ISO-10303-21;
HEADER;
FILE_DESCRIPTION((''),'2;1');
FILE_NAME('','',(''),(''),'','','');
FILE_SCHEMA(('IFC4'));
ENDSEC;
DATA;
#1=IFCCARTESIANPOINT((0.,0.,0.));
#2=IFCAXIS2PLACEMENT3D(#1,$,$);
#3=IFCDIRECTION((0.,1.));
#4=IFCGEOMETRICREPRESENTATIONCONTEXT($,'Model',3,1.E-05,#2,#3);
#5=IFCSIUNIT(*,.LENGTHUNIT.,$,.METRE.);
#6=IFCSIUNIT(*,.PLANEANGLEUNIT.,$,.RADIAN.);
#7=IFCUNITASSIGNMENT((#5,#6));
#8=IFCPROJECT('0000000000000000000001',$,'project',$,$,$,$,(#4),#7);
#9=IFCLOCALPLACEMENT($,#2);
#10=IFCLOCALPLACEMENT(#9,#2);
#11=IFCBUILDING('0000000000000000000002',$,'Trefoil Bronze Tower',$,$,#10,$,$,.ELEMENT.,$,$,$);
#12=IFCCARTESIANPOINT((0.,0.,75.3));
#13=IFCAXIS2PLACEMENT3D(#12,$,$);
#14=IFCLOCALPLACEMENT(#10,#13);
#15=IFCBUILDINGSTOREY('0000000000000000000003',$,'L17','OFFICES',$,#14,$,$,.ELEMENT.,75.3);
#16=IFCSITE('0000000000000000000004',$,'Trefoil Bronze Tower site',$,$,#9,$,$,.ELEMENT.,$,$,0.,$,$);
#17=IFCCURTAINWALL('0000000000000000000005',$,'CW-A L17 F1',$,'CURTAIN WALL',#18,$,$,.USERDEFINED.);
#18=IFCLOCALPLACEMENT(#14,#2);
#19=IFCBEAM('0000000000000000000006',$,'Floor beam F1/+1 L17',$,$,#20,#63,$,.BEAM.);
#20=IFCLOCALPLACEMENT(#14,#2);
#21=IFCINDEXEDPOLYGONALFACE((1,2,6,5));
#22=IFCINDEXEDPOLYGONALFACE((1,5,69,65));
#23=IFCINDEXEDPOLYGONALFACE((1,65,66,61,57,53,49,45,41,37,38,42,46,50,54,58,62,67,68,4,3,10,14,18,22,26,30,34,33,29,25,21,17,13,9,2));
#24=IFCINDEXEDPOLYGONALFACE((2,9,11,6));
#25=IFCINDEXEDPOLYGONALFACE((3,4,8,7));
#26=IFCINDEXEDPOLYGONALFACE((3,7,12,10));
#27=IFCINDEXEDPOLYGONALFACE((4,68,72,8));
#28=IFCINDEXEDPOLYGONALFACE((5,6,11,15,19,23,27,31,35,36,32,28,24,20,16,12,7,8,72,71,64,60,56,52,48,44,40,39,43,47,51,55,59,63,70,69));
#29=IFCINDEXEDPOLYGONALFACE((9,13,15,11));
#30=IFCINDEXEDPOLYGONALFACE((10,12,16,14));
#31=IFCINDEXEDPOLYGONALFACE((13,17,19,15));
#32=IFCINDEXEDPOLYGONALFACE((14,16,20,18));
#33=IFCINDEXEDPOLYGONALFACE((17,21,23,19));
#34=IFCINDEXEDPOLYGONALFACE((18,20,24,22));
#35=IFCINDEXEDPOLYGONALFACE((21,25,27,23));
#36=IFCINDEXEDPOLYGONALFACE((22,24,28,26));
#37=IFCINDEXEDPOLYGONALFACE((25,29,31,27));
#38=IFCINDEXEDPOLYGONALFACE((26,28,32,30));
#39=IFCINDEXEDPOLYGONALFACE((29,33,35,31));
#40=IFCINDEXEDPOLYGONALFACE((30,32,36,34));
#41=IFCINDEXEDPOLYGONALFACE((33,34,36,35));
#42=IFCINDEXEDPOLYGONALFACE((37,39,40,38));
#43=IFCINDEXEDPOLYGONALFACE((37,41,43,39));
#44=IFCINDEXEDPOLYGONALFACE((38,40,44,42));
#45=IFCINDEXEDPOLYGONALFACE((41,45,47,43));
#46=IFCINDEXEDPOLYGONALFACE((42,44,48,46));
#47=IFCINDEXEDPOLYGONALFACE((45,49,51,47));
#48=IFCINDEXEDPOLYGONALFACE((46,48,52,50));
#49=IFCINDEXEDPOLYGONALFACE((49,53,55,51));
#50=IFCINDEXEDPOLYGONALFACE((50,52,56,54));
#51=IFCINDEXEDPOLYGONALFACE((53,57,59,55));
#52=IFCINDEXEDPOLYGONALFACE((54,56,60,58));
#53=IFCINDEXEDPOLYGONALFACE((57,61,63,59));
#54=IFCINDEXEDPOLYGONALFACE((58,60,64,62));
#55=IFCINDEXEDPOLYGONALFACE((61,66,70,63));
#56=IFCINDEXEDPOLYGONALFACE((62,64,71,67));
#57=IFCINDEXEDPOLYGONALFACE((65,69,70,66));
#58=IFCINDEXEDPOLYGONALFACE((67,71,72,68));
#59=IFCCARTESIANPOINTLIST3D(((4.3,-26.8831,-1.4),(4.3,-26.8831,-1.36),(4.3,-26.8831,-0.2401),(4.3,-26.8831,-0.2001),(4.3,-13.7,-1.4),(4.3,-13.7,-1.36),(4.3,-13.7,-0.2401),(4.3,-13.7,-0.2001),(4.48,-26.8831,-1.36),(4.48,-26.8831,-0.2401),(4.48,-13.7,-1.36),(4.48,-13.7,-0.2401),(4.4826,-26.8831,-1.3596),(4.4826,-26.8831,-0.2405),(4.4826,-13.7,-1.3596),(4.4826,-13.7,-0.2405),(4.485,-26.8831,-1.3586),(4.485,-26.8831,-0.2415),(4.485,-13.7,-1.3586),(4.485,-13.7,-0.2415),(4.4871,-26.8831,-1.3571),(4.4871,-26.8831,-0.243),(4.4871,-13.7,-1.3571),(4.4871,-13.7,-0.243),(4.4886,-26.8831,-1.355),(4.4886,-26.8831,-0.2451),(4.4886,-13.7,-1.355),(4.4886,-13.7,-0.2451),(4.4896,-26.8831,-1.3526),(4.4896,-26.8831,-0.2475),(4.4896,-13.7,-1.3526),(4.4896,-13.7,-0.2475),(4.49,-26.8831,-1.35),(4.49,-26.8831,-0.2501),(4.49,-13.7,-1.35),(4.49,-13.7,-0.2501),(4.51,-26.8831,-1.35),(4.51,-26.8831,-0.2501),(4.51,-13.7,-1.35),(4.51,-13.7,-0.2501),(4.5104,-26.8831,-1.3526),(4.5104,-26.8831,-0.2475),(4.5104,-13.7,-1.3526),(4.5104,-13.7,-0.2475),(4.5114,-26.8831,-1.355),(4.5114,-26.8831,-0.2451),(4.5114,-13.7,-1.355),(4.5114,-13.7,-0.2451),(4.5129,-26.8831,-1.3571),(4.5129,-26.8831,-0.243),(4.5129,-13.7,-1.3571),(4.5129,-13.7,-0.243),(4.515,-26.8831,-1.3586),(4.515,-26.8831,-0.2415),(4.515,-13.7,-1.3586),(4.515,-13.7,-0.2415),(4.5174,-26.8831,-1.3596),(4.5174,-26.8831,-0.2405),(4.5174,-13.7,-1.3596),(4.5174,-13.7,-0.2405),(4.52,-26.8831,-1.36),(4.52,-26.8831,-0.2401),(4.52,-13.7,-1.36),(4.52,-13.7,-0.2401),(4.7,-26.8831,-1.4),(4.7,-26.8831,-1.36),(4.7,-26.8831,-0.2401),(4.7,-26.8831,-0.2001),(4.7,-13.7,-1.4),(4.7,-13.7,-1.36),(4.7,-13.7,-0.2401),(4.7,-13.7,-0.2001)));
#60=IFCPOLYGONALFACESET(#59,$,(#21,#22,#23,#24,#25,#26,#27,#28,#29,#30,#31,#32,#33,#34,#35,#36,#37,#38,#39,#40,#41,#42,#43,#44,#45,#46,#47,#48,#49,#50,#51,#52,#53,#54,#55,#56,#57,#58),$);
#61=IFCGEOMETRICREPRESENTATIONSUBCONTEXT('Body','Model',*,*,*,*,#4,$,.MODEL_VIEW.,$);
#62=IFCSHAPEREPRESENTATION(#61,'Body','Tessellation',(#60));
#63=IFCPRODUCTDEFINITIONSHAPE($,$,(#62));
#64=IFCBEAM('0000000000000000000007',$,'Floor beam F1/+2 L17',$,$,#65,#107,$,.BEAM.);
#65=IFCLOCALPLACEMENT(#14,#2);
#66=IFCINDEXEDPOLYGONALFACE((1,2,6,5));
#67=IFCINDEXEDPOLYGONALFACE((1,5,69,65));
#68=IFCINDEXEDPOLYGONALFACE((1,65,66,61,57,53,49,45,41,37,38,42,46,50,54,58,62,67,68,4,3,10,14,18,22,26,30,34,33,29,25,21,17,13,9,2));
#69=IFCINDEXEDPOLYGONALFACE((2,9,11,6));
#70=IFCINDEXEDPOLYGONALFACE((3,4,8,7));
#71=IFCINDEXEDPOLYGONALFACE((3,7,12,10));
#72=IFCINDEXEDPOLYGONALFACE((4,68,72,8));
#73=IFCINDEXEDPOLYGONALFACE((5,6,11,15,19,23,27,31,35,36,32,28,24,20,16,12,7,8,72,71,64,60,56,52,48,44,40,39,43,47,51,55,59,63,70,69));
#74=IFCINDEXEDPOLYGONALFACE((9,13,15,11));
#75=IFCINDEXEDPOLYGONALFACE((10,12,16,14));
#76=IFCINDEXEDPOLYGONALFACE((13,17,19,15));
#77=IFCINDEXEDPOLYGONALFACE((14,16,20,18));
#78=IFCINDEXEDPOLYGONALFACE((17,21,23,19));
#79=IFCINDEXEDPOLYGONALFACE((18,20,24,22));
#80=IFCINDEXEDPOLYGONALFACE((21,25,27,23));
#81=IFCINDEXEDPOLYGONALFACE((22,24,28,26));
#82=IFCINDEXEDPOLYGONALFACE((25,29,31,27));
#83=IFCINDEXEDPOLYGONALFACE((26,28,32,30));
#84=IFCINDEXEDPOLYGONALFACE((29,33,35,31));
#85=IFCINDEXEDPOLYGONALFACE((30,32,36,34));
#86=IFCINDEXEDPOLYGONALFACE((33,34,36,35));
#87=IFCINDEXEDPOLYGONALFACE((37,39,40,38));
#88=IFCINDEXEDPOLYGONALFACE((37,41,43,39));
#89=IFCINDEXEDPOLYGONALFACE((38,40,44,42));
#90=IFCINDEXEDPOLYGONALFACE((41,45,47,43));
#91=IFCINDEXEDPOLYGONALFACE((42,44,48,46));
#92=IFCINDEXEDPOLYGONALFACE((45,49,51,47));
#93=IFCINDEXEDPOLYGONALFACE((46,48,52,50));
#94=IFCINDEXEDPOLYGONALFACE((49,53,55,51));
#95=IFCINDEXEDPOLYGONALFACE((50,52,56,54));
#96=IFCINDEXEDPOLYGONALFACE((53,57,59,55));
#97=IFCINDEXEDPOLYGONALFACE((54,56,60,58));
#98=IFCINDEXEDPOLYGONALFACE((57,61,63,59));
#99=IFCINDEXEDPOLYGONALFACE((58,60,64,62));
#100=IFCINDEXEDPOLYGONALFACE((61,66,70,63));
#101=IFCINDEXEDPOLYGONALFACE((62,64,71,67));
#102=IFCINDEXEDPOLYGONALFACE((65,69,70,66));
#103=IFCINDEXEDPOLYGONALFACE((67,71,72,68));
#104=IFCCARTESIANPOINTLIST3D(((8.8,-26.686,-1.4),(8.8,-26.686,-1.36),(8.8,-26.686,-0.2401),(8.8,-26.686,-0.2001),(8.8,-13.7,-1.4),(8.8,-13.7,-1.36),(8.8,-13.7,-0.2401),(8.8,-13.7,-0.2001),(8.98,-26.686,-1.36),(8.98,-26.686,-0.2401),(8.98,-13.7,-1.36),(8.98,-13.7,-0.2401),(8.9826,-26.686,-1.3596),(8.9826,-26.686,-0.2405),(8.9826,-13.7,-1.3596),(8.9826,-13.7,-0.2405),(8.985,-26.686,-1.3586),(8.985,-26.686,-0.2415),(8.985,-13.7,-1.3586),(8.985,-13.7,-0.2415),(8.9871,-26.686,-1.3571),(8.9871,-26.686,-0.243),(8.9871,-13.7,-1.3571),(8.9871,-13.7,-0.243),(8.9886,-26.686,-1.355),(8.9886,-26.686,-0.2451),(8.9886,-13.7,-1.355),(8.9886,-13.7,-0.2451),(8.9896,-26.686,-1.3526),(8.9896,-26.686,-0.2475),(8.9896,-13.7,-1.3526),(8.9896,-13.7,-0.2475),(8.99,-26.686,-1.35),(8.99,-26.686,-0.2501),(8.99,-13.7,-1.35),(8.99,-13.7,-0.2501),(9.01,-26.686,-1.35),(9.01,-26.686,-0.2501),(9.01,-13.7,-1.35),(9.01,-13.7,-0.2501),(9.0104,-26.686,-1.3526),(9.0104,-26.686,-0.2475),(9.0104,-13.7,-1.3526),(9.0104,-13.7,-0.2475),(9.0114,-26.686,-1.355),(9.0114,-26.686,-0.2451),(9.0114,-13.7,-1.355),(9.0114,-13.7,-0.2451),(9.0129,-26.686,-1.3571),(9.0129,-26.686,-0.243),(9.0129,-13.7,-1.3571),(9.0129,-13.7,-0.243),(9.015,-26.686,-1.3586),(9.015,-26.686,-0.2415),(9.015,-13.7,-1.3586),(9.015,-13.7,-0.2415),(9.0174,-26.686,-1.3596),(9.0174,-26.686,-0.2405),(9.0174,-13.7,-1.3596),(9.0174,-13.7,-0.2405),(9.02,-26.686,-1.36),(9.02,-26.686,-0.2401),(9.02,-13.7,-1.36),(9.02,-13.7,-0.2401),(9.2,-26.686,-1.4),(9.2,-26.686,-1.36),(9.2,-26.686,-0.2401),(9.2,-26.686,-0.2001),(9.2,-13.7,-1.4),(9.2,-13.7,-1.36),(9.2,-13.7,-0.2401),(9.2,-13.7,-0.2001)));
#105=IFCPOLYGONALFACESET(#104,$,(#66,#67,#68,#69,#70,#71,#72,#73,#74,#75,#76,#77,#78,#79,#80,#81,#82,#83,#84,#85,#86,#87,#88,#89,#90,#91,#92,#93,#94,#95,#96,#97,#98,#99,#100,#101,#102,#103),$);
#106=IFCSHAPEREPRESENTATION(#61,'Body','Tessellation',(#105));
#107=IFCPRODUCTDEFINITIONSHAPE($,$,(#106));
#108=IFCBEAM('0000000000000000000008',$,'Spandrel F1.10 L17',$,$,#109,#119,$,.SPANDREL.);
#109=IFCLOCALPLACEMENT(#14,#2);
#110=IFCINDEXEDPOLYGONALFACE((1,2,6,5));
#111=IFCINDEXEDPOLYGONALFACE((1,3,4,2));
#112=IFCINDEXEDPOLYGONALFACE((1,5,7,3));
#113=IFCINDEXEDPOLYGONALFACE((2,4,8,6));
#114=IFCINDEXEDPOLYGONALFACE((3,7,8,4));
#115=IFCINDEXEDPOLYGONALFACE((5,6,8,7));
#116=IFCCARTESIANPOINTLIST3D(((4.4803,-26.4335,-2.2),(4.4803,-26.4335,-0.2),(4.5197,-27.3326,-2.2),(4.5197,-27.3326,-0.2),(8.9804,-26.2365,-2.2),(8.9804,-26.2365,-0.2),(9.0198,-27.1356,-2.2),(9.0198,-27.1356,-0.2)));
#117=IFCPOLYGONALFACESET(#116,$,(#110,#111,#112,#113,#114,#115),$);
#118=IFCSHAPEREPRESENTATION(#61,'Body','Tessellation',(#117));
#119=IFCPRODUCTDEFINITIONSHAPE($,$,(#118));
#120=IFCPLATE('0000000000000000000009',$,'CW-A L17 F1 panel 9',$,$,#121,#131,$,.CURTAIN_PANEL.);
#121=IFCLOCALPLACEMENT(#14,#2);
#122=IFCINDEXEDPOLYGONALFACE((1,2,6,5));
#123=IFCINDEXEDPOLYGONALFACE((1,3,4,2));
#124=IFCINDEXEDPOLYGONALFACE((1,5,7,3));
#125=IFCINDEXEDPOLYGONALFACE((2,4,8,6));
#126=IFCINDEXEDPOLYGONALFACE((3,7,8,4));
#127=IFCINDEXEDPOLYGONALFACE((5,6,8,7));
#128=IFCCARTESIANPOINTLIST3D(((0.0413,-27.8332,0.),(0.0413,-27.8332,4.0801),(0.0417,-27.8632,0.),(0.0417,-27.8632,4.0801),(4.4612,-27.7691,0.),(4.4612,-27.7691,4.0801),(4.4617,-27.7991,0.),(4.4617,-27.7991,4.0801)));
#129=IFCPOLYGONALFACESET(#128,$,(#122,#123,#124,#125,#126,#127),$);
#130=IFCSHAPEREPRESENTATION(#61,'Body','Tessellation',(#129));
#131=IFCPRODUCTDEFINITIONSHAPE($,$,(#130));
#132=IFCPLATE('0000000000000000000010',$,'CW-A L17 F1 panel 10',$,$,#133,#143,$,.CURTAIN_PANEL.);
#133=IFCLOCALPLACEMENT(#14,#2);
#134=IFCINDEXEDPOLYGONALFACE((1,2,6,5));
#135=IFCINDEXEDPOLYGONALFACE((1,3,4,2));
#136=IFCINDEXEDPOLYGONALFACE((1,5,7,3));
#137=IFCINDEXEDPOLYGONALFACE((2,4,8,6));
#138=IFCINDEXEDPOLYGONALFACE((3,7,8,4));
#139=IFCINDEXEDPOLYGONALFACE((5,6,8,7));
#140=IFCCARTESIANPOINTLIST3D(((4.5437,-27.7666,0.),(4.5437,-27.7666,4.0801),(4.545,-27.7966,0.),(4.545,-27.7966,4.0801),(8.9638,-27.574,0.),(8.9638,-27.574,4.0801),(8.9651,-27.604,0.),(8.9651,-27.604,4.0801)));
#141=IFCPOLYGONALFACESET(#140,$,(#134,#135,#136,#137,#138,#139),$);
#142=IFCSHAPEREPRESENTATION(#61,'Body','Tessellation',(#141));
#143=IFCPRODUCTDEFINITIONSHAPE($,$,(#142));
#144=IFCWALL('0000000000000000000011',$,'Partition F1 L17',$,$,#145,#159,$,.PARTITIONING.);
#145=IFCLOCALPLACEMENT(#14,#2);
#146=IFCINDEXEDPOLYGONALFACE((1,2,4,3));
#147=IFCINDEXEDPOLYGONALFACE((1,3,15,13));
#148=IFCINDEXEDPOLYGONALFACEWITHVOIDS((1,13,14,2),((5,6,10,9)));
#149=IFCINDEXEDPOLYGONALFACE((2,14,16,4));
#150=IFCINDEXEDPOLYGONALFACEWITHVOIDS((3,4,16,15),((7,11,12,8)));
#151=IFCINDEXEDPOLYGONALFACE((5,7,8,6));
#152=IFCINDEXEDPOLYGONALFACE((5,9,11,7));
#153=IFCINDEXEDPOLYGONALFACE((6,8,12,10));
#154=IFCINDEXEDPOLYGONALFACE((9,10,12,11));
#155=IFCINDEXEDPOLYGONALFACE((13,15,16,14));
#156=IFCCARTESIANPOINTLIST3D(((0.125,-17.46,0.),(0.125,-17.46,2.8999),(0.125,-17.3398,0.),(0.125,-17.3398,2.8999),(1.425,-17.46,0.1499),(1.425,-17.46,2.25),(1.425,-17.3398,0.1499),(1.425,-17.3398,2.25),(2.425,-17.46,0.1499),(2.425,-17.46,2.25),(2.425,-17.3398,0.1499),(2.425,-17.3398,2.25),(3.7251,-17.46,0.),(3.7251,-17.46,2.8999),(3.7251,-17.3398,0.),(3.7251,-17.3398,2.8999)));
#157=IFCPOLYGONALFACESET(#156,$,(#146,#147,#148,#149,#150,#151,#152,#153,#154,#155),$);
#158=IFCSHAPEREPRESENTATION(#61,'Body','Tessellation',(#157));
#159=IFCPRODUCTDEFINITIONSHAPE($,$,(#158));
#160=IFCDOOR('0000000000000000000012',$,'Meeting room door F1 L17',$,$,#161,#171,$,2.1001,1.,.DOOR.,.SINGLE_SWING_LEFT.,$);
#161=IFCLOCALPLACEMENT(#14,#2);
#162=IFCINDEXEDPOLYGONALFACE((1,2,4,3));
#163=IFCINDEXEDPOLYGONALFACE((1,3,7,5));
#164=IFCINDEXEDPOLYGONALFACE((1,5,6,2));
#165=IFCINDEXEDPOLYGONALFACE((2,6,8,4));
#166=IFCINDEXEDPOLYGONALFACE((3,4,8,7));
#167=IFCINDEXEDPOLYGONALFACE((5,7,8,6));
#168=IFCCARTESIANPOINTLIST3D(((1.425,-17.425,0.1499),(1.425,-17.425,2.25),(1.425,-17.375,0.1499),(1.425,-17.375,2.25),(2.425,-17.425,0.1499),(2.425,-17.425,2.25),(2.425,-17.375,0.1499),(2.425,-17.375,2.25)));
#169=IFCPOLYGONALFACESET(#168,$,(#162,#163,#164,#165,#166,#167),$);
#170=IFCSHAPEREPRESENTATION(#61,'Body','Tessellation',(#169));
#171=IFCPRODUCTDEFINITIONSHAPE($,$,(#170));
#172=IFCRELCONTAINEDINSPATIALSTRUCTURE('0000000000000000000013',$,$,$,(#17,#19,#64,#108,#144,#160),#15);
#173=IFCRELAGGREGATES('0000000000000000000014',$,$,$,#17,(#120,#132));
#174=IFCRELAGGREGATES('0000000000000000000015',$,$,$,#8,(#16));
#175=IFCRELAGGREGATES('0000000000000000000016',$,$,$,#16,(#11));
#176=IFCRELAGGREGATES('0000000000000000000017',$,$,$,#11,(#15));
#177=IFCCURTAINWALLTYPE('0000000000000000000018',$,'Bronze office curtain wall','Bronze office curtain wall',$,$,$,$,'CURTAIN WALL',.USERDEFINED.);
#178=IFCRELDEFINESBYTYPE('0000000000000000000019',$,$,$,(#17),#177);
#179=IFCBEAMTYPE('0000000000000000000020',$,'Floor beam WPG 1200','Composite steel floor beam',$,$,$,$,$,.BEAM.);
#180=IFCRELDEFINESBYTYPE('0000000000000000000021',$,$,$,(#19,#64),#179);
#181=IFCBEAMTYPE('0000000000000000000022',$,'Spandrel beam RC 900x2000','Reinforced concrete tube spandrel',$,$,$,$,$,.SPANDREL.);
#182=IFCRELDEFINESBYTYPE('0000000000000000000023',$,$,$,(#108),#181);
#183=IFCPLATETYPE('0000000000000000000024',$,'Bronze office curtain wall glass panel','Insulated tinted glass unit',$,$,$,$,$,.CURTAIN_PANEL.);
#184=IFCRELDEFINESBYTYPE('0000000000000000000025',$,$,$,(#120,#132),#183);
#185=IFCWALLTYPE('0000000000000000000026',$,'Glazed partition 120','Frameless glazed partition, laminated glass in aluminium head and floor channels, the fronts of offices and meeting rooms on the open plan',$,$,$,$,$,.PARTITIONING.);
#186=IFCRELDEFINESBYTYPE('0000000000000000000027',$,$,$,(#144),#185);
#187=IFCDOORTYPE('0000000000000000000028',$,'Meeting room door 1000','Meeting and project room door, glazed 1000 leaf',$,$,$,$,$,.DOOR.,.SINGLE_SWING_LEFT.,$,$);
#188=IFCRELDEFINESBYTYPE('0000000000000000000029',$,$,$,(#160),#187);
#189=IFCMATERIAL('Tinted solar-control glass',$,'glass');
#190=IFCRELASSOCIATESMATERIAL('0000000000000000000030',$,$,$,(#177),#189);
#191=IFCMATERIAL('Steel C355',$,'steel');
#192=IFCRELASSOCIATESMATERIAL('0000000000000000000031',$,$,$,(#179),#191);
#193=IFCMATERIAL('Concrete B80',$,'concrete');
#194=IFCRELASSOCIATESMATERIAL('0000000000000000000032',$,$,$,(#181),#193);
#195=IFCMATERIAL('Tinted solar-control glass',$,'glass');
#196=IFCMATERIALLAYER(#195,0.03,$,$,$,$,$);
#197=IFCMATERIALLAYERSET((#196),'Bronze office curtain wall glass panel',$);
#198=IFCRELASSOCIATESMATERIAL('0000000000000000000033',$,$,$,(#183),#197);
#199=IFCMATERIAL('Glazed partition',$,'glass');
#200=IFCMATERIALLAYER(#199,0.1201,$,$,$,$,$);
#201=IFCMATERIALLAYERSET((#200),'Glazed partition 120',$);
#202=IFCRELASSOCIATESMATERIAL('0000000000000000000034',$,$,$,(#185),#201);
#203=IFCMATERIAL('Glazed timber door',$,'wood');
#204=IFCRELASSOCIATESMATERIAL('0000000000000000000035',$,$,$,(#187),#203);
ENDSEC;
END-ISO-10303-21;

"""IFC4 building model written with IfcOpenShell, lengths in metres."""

from ifc_helpers import new_model, si_unit, direction, frame, frame_2d, origin, origin_2d, place, context, subcontext, project, spatial, rectangle, i_section, extrude, material, layer, layer_set, material_profile, profile_set, type_object, element, fill, aggregate, save


model = new_model("IFC4")

# Units and contexts
model_context = context("Model", 3, precision=1e-05, world=origin(), true_north=direction((0.0, 1.0)))
body_context = subcontext(model_context, "Body", "Model", "MODEL_VIEW")
ifc_project = project(units=[si_unit("LENGTHUNIT", "METRE"), si_unit("PLANEANGLEUNIT", "RADIAN")], contexts=[model_context])

# Site, building, storey
site_placement = place(None, origin())
site = spatial("IfcSite", under=ifc_project, at=site_placement, Name="Trefoil Bronze Tower site", CompositionType="ELEMENT", RefElevation=0.0)
building_placement = place(site_placement, origin())
building = spatial("IfcBuilding", under=site, at=building_placement, Name="Trefoil Bronze Tower", CompositionType="ELEMENT")
storey_placement = place(building_placement, frame((0.0, 0.0, 75.3)))
storey = spatial("IfcBuildingStorey", under=building, at=storey_placement, Name="L17", Description="OFFICES", CompositionType="ELEMENT", Elevation=75.3)

# Curtain wall
ifc_material_1 = material(Name="Tinted solar-control glass", Category="glass")
curtain_wall_type = type_object("IfcCurtainWallType", Name="Bronze office curtain wall", Description="Bronze office curtain wall", ElementType="CURTAIN WALL", PredefinedType="USERDEFINED", material=ifc_material_1)
curtain_wall_placement = place(storey_placement, origin())
curtain_wall = element("IfcCurtainWall", 1, at=curtain_wall_placement, inside=storey, type_object=curtain_wall_type, Name="CW-A L17 F1", ObjectType="CURTAIN WALL", PredefinedType="USERDEFINED")

# Beams
ifc_material_2 = material(Name="Steel C355", Category="steel")
ifc_material_profile_1 = material_profile(ifc_material_2, i_section(OverallWidth=0.3999, OverallDepth=1.2, WebThickness=0.02, FlangeThickness=0.04, FilletRadius=0.01, at=origin_2d()), Name="WPG 1200")
ifc_profile_set_1 = profile_set([ifc_material_profile_1], Name="Steel C355")
beam_type_1 = type_object("IfcBeamType", Name="Floor beam WPG 1200", Description="Composite steel floor beam", PredefinedType="BEAM", material=ifc_profile_set_1)
beam_1_placement = place(storey_placement, frame((4.5, -26.8831, -0.8), z_axis=(0.0, 1.0, 0.0), x_axis=(-1.0, 0.0, 0.0)))
element("IfcBeam", 2, at=beam_1_placement, inside=storey, type_object=beam_type_1, Name="Floor beam F1/+1 L17", PredefinedType="BEAM", context=body_context, shape_type="SweptSolid", body=[
    extrude(i_section(OverallWidth=0.3999, OverallDepth=1.2, WebThickness=0.02, FlangeThickness=0.04, FilletRadius=0.01, at=origin_2d()), origin(), (0.0, 0.0, 1.0), 13.1831),
])
beam_2_placement = place(storey_placement, frame((9.0, -26.686, -0.8), z_axis=(0.0, 1.0, 0.0), x_axis=(-1.0, 0.0, 0.0)))
element("IfcBeam", 3, at=beam_2_placement, inside=storey, type_object=beam_type_1, Name="Floor beam F1/+2 L17", PredefinedType="BEAM", context=body_context, shape_type="SweptSolid", body=[
    extrude(i_section(OverallWidth=0.3999, OverallDepth=1.2, WebThickness=0.02, FlangeThickness=0.04, FilletRadius=0.01, at=origin_2d()), origin(), (0.0, 0.0, 1.0), 12.9861),
])
ifc_material_3 = material(Name="Concrete B80", Category="concrete")
ifc_material_profile_2 = material_profile(ifc_material_3, rectangle(XDim=0.8999, YDim=2.0, at=origin_2d()), Name="RC 900x2000")
ifc_profile_set_2 = profile_set([ifc_material_profile_2], Name="Concrete B80")
beam_type_2 = type_object("IfcBeamType", Name="Spandrel beam RC 900x2000", Description="Reinforced concrete tube spandrel", PredefinedType="SPANDREL", material=ifc_profile_set_2)
beam_3_placement = place(storey_placement, frame((4.5, -26.8831, -1.2), z_axis=(0.999043, 0.043741, 0.0), x_axis=(-0.043741, 0.999043, 0.0)))
element("IfcBeam", 4, at=beam_3_placement, inside=storey, type_object=beam_type_2, Name="Spandrel F1.10 L17", PredefinedType="SPANDREL", context=body_context, shape_type="SweptSolid", body=[
    extrude(rectangle(XDim=0.8999, YDim=2.0, at=origin_2d()), origin(), (0.0, 0.0, 1.0), 4.5044),
])

# Plates
ifc_material_4 = material(Name="Tinted solar-control glass", Category="glass")
ifc_layer_1 = layer(ifc_material_4, 0.03)
ifc_layer_set_1 = layer_set([ifc_layer_1], Name="Bronze office curtain wall glass panel")
plate_type = type_object("IfcPlateType", Name="Bronze office curtain wall glass panel", Description="Insulated tinted glass unit", PredefinedType="CURTAIN_PANEL", material=ifc_layer_set_1)
plate_1_placement = place(storey_placement, frame((2.2515, -27.8162, 0.0), z_axis=(0.0, 0.0, 1.0), x_axis=(0.999895, 0.014509, 0.0)))
plate_1 = element("IfcPlate", 5, at=plate_1_placement, type_object=plate_type, Name="CW-A L17 F1 panel 9", PredefinedType="CURTAIN_PANEL", context=body_context, shape_type="SweptSolid", body=[
    extrude(rectangle(XDim=4.4204, YDim=0.03, at=origin_2d()), origin(), (0.0, 0.0, 1.0), 4.0801),
])
plate_2_placement = place(storey_placement, frame((6.7544, -27.6853, 0.0), z_axis=(0.0, 0.0, 1.0), x_axis=(0.999052, 0.043528, 0.0)))
plate_2 = element("IfcPlate", 6, at=plate_2_placement, type_object=plate_type, Name="CW-A L17 F1 panel 10", PredefinedType="CURTAIN_PANEL", context=body_context, shape_type="SweptSolid", body=[
    extrude(rectangle(XDim=4.4243, YDim=0.03, at=origin_2d()), origin(), (0.0, 0.0, 1.0), 4.0801),
])
aggregate(curtain_wall, [plate_1, plate_2])

# Wall, opening, door
ifc_material_5 = material(Name="Glazed partition", Category="glass")
ifc_layer_2 = layer(ifc_material_5, 0.1201)
ifc_layer_set_2 = layer_set([ifc_layer_2], Name="Glazed partition 120")
wall_type = type_object("IfcWallType", Name="Glazed partition 120", Description="Frameless glazed partition, laminated glass in aluminium head and floor channels, the fronts of offices and meeting rooms on the open plan", PredefinedType="PARTITIONING", material=ifc_layer_set_2)
wall_1_placement = place(storey_placement, frame((0.125, -17.3999, 0.0), z_axis=(0.0, 0.0, 1.0), x_axis=(1.0, 0.0, 0.0)))
wall_1 = element("IfcWall", 7, at=wall_1_placement, inside=storey, type_object=wall_type, Name="Partition F1 L17", PredefinedType="PARTITIONING", context=body_context, shape_type="SweptSolid", body=[
    extrude(rectangle(XDim=3.6001, YDim=0.1201, at=frame_2d((1.8, 0.0))), origin(), (0.0, 0.0, 1.0), 2.8999),
])
opening_1_placement = place(wall_1_placement, frame((1.3, 0.0, 0.1499)))
opening_1 = element("IfcOpeningElement", 8, at=opening_1_placement, cuts=wall_1, PredefinedType="OPENING", context=body_context, shape_type="SweptSolid", body=[
    extrude(rectangle(XDim=1.0, YDim=2.1001, at=frame_2d((0.5, 1.05))), frame((0.0, 0.0701, 0.0), z_axis=(0.0, -1.0, 0.0), x_axis=(1.0, 0.0, 0.0)), (0.0, 0.0, 1.0), 0.1401),
])
ifc_material_6 = material(Name="Glazed timber door", Category="wood")
door_type_1 = type_object("IfcDoorType", Name="Meeting room door 1000", Description="Meeting and project room door, glazed 1000 leaf", OperationType="SINGLE_SWING_LEFT", PredefinedType="DOOR", material=ifc_material_6)
door_1_placement = place(opening_1_placement, origin())
door_1 = element("IfcDoor", 9, at=door_1_placement, inside=storey, type_object=door_type_1, Name="Meeting room door F1 L17", OperationType="SINGLE_SWING_LEFT", OverallHeight=2.1001, OverallWidth=1.0, PredefinedType="DOOR", context=body_context, shape_type="SweptSolid", body=[
    extrude(rectangle(XDim=1.0, YDim=2.1001, at=frame_2d((0.5, 1.05))), frame((0.0, 0.0249, 0.0), z_axis=(0.0, -1.0, 0.0), x_axis=(1.0, 0.0, 0.0)), (0.0, 0.0, 1.0), 0.05),
])
fill(opening_1, door_1)

save(model, "model.ifc")
